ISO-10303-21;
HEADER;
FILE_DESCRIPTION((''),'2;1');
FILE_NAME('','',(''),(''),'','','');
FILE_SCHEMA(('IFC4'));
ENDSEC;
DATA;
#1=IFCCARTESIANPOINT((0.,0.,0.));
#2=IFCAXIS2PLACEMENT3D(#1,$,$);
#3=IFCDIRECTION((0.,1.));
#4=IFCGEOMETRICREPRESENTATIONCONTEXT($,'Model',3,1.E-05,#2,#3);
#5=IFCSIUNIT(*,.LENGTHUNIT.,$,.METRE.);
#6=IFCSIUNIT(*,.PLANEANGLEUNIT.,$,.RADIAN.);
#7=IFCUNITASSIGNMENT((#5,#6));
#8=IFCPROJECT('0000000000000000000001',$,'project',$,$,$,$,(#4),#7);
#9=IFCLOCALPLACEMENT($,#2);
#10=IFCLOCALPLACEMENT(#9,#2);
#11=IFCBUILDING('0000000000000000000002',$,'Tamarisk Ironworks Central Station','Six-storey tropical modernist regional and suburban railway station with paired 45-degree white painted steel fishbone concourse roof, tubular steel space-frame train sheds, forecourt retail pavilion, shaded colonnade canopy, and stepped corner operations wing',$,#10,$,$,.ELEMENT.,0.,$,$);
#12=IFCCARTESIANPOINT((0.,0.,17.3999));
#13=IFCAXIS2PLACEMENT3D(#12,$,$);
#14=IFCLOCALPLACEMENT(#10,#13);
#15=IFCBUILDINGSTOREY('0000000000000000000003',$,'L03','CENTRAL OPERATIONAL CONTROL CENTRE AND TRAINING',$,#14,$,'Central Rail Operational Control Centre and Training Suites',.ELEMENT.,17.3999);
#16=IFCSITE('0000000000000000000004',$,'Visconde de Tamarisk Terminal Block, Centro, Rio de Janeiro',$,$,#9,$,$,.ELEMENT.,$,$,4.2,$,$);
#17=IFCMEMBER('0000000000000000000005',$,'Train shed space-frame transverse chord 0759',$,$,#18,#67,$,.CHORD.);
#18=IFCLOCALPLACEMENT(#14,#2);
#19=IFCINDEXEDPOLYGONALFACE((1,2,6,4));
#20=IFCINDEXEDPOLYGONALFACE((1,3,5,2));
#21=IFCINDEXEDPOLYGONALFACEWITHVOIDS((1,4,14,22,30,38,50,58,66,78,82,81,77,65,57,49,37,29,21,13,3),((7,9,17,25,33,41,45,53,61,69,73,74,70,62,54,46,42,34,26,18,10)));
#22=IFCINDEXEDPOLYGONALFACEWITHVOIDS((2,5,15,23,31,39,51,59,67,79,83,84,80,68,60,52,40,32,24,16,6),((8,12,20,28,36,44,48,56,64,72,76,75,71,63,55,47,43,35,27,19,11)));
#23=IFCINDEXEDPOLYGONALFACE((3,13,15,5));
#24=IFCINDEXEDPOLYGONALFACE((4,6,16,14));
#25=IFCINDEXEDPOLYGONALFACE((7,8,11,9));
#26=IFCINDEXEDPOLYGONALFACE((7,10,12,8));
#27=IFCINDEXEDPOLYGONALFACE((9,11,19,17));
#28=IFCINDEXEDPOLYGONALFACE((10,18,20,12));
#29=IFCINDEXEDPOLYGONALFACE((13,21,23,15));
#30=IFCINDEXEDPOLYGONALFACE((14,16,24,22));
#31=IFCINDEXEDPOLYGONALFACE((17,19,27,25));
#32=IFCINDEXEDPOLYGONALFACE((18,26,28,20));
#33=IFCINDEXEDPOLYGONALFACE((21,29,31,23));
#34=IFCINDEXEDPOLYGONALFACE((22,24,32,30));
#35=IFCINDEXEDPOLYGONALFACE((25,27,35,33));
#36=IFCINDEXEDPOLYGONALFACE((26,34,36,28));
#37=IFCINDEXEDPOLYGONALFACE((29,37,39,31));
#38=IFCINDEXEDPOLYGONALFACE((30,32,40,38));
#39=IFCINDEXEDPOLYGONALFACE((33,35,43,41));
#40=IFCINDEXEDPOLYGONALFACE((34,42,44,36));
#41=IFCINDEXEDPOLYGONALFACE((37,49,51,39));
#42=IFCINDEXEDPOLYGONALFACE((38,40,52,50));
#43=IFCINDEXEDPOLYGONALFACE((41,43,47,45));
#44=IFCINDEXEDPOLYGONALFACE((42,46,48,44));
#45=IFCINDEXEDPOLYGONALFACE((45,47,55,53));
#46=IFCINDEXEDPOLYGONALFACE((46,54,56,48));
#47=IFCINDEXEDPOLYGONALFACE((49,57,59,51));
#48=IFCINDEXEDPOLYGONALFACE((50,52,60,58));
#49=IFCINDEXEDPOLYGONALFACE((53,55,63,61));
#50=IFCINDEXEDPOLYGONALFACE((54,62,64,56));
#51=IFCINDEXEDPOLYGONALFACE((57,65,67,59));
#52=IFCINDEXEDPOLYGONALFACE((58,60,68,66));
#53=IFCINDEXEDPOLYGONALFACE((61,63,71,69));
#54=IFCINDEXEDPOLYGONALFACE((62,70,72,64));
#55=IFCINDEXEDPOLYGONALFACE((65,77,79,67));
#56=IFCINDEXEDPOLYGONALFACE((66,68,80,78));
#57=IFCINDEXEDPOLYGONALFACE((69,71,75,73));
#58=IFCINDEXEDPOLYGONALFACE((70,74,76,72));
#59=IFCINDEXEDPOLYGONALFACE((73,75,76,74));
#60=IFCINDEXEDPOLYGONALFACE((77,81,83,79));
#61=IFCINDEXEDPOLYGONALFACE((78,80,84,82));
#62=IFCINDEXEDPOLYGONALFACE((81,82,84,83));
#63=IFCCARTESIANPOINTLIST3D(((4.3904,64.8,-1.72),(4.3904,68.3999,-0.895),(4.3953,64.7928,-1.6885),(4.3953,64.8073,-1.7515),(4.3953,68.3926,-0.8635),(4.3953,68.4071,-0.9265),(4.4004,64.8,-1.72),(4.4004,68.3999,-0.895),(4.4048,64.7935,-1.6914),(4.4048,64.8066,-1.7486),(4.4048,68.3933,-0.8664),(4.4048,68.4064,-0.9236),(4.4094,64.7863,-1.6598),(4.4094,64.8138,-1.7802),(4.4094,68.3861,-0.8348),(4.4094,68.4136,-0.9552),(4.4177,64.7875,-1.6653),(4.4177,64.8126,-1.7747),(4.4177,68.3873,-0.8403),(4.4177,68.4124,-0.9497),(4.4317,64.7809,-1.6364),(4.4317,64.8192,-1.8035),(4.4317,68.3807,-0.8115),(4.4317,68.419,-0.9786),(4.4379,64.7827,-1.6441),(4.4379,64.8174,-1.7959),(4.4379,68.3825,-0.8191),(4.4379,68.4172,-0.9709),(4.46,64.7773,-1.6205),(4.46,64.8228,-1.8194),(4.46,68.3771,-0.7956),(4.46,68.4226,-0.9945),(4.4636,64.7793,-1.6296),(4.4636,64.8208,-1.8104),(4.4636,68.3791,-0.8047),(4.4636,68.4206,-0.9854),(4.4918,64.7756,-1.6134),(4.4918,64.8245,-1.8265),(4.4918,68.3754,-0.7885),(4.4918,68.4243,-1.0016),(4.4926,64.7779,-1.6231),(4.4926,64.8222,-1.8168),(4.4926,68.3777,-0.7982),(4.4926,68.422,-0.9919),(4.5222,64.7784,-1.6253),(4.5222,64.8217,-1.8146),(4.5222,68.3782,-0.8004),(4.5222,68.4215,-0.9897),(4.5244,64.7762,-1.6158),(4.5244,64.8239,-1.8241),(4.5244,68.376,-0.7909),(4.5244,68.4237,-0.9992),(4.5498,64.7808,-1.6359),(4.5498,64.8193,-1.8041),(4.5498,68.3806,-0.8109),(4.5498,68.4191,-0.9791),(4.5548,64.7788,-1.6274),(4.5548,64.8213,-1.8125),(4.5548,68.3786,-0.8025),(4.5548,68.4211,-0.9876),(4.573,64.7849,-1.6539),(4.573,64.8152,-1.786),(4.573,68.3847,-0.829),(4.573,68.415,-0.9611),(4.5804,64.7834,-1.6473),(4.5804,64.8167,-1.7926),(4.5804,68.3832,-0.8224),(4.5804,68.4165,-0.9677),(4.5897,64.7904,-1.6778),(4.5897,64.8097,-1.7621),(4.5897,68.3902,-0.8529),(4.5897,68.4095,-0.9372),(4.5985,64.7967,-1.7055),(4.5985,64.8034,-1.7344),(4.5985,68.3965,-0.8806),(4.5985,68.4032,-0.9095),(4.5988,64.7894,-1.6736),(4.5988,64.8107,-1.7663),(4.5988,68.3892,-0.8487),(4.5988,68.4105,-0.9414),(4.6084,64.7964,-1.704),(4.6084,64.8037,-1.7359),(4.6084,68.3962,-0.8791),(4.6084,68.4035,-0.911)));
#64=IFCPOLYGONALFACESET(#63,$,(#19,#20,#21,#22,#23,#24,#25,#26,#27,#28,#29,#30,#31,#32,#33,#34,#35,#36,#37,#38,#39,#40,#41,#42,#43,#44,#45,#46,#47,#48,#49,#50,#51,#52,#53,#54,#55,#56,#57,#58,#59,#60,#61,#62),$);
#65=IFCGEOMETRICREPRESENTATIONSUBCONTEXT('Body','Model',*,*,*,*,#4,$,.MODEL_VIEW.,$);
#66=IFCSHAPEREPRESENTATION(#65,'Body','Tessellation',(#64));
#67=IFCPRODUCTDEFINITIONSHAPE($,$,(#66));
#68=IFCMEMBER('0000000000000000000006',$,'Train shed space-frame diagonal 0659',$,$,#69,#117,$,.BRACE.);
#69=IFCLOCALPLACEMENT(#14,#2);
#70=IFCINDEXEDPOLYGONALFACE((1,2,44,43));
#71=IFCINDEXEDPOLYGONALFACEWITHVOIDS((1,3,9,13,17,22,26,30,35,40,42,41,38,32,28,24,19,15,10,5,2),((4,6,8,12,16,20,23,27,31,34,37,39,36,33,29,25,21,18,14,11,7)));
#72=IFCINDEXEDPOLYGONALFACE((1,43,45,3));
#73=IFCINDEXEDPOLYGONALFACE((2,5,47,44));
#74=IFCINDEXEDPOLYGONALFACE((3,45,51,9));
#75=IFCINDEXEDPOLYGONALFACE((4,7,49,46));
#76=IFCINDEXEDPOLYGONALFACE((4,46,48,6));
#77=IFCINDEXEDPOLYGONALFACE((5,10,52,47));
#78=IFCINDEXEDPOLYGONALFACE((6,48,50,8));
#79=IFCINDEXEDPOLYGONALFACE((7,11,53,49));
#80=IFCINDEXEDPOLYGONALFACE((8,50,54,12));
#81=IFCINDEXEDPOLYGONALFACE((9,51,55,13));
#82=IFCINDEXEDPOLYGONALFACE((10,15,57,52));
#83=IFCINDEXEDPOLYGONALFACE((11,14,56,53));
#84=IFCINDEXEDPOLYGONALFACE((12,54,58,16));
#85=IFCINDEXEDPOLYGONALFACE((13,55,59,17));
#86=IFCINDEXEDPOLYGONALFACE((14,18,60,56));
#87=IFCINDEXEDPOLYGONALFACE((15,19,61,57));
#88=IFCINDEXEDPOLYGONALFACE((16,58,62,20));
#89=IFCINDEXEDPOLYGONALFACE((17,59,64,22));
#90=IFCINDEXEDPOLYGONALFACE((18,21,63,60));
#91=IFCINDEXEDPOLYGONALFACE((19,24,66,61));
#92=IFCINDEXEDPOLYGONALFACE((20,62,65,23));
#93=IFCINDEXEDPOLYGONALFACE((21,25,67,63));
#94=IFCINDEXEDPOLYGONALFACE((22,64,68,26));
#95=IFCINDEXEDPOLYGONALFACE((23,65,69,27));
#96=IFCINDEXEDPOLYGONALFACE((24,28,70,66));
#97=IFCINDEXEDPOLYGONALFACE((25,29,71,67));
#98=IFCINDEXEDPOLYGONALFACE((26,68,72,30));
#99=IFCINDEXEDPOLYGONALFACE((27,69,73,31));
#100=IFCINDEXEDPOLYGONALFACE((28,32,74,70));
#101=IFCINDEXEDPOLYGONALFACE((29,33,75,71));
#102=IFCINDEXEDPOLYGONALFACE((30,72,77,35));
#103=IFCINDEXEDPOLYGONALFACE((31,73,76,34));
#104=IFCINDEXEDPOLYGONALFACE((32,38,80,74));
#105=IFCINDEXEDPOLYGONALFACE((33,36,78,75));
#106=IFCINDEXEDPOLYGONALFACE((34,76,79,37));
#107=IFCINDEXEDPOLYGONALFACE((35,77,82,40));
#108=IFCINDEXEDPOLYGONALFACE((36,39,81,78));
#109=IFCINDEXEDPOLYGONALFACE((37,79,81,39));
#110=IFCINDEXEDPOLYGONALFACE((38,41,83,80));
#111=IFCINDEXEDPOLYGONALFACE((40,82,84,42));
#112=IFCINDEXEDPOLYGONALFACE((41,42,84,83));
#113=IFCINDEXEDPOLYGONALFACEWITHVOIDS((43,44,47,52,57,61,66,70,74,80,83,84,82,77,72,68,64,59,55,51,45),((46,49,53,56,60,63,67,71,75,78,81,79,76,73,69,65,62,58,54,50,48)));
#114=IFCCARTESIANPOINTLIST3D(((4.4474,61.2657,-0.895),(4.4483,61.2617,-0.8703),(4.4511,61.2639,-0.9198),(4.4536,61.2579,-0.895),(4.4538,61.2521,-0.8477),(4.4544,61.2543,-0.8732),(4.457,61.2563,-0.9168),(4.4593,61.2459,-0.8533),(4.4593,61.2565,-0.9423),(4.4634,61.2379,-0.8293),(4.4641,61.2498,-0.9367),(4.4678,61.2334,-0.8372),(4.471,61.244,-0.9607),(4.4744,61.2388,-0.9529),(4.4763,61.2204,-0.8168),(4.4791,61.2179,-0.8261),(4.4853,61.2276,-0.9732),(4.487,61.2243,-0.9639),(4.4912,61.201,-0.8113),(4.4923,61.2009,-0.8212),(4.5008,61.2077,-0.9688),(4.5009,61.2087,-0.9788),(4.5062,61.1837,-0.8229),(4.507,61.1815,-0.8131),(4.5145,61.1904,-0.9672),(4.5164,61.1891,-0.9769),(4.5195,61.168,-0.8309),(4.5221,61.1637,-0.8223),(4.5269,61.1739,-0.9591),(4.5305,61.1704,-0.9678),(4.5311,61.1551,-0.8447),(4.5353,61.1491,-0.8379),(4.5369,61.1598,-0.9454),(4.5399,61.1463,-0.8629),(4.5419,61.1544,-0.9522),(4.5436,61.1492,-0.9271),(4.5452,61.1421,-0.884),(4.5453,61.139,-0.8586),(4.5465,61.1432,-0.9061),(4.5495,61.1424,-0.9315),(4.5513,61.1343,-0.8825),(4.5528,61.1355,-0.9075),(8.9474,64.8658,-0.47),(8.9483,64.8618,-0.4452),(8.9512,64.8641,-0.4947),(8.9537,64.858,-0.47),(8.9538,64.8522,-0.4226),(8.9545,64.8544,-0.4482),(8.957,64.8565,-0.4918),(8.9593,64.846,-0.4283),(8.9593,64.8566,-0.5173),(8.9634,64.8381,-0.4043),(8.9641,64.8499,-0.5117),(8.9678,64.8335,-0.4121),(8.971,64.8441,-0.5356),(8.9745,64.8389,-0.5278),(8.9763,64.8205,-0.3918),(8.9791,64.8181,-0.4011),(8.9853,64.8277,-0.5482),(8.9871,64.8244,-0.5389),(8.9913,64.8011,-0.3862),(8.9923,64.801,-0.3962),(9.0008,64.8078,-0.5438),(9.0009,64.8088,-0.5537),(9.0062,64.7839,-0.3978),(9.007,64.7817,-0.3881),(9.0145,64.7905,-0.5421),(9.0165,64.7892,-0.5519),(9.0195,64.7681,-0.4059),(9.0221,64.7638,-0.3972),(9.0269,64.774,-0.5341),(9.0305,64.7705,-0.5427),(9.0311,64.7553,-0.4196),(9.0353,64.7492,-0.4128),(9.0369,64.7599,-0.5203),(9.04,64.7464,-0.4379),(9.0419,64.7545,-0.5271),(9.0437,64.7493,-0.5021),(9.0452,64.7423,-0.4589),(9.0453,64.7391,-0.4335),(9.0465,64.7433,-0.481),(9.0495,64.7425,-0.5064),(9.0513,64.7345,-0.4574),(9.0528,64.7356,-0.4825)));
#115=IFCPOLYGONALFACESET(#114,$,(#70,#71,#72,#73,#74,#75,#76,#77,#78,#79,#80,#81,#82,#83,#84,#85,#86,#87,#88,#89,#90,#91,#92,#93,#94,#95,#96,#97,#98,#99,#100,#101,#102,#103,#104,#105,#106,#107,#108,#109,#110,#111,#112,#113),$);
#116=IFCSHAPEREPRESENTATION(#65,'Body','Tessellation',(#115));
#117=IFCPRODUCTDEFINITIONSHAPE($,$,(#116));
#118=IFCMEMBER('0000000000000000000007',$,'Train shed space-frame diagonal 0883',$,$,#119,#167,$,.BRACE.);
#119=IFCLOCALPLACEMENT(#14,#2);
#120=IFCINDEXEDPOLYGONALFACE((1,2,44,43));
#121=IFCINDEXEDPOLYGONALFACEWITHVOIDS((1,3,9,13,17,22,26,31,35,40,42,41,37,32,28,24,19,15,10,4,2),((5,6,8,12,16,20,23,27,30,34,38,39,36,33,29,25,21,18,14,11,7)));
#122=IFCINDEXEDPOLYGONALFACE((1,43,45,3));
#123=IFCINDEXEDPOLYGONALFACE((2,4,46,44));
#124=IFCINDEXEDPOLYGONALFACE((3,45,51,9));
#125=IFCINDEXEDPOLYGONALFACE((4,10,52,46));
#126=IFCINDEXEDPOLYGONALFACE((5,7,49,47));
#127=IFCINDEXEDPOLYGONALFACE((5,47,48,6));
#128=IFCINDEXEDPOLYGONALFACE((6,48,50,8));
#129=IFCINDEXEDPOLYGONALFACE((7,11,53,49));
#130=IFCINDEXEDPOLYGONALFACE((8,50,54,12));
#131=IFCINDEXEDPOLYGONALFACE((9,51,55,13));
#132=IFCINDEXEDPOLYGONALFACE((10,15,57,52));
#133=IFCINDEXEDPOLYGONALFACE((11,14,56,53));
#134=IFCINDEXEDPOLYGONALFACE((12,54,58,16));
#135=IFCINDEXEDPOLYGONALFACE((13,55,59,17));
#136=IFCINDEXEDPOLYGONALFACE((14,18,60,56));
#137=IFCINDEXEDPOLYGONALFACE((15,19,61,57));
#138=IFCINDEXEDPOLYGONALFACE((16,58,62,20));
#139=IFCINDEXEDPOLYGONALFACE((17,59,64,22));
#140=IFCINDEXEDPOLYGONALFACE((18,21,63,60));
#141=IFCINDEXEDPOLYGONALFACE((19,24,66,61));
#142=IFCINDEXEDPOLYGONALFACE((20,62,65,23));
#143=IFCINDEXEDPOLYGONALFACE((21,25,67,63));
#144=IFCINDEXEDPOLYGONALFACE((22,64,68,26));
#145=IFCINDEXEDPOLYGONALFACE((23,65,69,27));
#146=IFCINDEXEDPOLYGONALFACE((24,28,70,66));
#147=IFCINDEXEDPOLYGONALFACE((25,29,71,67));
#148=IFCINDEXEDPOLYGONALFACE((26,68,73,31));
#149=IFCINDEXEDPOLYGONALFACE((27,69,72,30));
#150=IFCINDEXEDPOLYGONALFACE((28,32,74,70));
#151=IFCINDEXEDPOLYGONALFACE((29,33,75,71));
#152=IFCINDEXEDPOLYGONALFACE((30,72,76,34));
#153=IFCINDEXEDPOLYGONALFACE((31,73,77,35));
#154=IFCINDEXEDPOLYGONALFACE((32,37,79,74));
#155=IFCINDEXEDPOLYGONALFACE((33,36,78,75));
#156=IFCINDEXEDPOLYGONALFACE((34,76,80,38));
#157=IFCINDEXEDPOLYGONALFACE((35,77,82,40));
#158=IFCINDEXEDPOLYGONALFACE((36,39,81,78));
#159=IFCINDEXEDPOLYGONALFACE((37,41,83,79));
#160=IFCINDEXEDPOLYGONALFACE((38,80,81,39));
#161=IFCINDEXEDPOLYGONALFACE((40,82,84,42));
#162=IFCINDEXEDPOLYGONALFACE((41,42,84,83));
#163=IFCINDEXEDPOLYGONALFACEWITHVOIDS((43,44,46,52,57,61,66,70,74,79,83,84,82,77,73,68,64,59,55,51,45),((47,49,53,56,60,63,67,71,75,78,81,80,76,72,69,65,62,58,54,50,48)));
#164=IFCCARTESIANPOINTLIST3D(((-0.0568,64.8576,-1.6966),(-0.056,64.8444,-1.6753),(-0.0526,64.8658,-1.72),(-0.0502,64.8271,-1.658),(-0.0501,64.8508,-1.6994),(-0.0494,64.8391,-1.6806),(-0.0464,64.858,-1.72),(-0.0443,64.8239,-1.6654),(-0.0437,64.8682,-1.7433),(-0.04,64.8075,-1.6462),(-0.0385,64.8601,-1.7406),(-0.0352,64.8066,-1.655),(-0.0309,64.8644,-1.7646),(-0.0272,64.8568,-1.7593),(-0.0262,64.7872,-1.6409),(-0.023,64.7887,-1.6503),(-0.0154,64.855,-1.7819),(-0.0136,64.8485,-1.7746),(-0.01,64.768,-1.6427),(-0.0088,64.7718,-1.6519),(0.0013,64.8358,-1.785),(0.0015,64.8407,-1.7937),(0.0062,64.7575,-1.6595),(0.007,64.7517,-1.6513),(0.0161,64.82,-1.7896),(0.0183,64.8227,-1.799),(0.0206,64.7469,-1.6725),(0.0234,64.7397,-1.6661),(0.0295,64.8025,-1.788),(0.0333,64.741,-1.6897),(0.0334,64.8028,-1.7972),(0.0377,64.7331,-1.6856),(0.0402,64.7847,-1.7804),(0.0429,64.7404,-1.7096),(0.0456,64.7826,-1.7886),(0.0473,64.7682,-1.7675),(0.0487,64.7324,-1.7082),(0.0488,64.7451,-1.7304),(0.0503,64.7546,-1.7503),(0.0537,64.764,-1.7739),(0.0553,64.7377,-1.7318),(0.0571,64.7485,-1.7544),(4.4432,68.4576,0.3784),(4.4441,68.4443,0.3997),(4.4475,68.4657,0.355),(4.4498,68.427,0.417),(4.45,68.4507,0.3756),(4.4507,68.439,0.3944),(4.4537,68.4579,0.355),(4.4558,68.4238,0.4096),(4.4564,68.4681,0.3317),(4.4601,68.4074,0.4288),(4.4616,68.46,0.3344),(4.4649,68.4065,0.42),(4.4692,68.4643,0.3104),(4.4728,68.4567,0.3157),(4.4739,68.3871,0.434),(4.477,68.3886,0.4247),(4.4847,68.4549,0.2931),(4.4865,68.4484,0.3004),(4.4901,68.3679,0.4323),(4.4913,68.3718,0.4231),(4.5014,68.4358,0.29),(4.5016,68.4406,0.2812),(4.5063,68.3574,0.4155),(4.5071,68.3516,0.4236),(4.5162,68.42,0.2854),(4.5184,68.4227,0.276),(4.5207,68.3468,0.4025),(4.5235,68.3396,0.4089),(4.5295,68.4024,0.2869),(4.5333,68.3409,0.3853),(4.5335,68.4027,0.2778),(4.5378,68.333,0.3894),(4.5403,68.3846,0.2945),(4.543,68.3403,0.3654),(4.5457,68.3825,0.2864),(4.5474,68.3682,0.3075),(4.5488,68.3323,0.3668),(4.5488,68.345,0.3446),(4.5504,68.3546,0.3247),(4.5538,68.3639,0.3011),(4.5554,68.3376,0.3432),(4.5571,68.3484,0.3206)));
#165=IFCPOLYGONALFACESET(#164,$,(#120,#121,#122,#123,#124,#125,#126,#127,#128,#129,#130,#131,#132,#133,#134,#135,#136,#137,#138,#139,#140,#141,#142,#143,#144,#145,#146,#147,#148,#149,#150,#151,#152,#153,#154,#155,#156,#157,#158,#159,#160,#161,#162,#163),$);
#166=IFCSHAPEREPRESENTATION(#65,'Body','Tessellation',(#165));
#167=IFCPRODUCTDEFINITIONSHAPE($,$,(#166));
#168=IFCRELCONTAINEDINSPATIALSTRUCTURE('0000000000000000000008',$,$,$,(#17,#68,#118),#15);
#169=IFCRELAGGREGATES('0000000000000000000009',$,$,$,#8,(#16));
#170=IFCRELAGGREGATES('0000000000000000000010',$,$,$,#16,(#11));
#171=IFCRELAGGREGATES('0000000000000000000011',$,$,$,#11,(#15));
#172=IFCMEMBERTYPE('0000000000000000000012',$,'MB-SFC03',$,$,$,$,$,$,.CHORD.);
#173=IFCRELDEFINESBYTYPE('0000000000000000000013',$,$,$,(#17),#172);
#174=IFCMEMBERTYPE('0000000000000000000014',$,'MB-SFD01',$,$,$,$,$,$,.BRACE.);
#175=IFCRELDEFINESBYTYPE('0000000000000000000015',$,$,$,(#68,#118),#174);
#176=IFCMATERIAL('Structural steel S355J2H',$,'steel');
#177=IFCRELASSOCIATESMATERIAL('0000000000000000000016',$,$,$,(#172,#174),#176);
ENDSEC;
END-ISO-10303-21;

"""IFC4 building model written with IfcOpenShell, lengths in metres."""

from ifc_helpers import new_model, si_unit, direction, frame, origin, origin_2d, place, context, subcontext, project, spatial, hollow_circle, extrude, material, material_profile, profile_set, type_object, element, save


model = new_model("IFC4")

# Units and contexts
model_context = context("Model", 3, precision=1e-05, world=origin(), true_north=direction((0.0, 1.0)))
body_context = subcontext(model_context, "Body", "Model", "MODEL_VIEW")
ifc_project = project(units=[si_unit("LENGTHUNIT", "METRE"), si_unit("PLANEANGLEUNIT", "RADIAN")], contexts=[model_context])

# Site, building, storey
site_placement = place(None, origin())
site = spatial("IfcSite", under=ifc_project, at=site_placement, Name="Visconde de Tamarisk Terminal Block, Centro, Rio de Janeiro", CompositionType="ELEMENT", RefElevation=4.2)
building_placement = place(site_placement, origin())
building = spatial("IfcBuilding", under=site, at=building_placement, Name="Tamarisk Ironworks Central Station", Description="Six-storey tropical modernist regional and suburban railway station with paired 45-degree white painted steel fishbone concourse roof, tubular steel space-frame train sheds, forecourt retail pavilion, shaded colonnade canopy, and stepped corner operations wing", CompositionType="ELEMENT", ElevationOfRefHeight=0.0)
storey_placement = place(building_placement, frame((0.0, 0.0, 17.3999)))
storey = spatial("IfcBuildingStorey", under=building, at=storey_placement, Name="L03", Description="CENTRAL OPERATIONAL CONTROL CENTRE AND TRAINING", LongName="Central Rail Operational Control Centre and Training Suites", CompositionType="ELEMENT", Elevation=17.3999)

# Members
ifc_material_1 = material(Name="Structural steel S355J2H", Category="steel")
ifc_material_profile_1 = material_profile(ifc_material_1, hollow_circle(Radius=0.1096, WallThickness=0.01, at=origin_2d()), Name="CHS 219.1x10")
ifc_profile_set_1 = profile_set([ifc_material_profile_1], Name="Structural steel S355J2H")
member_type_1 = type_object("IfcMemberType", Name="MB-SFC03", PredefinedType="CHORD", material=ifc_profile_set_1)
member_1_placement = place(storey_placement, frame((4.5, 64.8, -1.72), z_axis=(0.0, 0.974733, 0.223372), x_axis=(-1.0, 0.0, 0.0)))
element("IfcMember", 1, at=member_1_placement, inside=storey, type_object=member_type_1, Name="Train shed space-frame transverse chord 0759", PredefinedType="CHORD", context=body_context, shape_type="SweptSolid", body=[
    extrude(hollow_circle(Radius=0.1096, WallThickness=0.01, at=origin_2d()), origin(), (0.0, 0.0, 1.0), 3.6931),
])
ifc_material_profile_2 = material_profile(ifc_material_1, hollow_circle(Radius=0.0842, WallThickness=0.01, at=origin_2d()), Name="CHS 168.3x10")
ifc_profile_set_2 = profile_set([ifc_material_profile_2], Name="Structural steel S355J2H")
member_type_2 = type_object("IfcMemberType", Name="MB-SFD01", PredefinedType="BRACE", material=ifc_profile_set_2)
member_2_placement = place(storey_placement, frame((4.5, 61.2, -0.895), z_axis=(0.778745, 0.623013, 0.073557), x_axis=(-0.624705, 0.780861, 0.0)))
element("IfcMember", 2, at=member_2_placement, inside=storey, type_object=member_type_2, Name="Train shed space-frame diagonal 0659", PredefinedType="BRACE", context=body_context, shape_type="SweptSolid", body=[
    extrude(hollow_circle(Radius=0.0842, WallThickness=0.01, at=origin_2d()), origin(), (0.0, 0.0, 1.0), 5.7786),
])
member_3_placement = place(storey_placement, frame((0.0, 64.8, -1.72), z_axis=(0.734706, 0.587741, 0.338773), x_axis=(-0.62468, 0.780881, 0.0)))
element("IfcMember", 3, at=member_3_placement, inside=storey, type_object=member_type_2, Name="Train shed space-frame diagonal 0883", PredefinedType="BRACE", context=body_context, shape_type="SweptSolid", body=[
    extrude(hollow_circle(Radius=0.0842, WallThickness=0.01, at=origin_2d()), origin(), (0.0, 0.0, 1.0), 6.125),
])

save(model, "model.ifc")
